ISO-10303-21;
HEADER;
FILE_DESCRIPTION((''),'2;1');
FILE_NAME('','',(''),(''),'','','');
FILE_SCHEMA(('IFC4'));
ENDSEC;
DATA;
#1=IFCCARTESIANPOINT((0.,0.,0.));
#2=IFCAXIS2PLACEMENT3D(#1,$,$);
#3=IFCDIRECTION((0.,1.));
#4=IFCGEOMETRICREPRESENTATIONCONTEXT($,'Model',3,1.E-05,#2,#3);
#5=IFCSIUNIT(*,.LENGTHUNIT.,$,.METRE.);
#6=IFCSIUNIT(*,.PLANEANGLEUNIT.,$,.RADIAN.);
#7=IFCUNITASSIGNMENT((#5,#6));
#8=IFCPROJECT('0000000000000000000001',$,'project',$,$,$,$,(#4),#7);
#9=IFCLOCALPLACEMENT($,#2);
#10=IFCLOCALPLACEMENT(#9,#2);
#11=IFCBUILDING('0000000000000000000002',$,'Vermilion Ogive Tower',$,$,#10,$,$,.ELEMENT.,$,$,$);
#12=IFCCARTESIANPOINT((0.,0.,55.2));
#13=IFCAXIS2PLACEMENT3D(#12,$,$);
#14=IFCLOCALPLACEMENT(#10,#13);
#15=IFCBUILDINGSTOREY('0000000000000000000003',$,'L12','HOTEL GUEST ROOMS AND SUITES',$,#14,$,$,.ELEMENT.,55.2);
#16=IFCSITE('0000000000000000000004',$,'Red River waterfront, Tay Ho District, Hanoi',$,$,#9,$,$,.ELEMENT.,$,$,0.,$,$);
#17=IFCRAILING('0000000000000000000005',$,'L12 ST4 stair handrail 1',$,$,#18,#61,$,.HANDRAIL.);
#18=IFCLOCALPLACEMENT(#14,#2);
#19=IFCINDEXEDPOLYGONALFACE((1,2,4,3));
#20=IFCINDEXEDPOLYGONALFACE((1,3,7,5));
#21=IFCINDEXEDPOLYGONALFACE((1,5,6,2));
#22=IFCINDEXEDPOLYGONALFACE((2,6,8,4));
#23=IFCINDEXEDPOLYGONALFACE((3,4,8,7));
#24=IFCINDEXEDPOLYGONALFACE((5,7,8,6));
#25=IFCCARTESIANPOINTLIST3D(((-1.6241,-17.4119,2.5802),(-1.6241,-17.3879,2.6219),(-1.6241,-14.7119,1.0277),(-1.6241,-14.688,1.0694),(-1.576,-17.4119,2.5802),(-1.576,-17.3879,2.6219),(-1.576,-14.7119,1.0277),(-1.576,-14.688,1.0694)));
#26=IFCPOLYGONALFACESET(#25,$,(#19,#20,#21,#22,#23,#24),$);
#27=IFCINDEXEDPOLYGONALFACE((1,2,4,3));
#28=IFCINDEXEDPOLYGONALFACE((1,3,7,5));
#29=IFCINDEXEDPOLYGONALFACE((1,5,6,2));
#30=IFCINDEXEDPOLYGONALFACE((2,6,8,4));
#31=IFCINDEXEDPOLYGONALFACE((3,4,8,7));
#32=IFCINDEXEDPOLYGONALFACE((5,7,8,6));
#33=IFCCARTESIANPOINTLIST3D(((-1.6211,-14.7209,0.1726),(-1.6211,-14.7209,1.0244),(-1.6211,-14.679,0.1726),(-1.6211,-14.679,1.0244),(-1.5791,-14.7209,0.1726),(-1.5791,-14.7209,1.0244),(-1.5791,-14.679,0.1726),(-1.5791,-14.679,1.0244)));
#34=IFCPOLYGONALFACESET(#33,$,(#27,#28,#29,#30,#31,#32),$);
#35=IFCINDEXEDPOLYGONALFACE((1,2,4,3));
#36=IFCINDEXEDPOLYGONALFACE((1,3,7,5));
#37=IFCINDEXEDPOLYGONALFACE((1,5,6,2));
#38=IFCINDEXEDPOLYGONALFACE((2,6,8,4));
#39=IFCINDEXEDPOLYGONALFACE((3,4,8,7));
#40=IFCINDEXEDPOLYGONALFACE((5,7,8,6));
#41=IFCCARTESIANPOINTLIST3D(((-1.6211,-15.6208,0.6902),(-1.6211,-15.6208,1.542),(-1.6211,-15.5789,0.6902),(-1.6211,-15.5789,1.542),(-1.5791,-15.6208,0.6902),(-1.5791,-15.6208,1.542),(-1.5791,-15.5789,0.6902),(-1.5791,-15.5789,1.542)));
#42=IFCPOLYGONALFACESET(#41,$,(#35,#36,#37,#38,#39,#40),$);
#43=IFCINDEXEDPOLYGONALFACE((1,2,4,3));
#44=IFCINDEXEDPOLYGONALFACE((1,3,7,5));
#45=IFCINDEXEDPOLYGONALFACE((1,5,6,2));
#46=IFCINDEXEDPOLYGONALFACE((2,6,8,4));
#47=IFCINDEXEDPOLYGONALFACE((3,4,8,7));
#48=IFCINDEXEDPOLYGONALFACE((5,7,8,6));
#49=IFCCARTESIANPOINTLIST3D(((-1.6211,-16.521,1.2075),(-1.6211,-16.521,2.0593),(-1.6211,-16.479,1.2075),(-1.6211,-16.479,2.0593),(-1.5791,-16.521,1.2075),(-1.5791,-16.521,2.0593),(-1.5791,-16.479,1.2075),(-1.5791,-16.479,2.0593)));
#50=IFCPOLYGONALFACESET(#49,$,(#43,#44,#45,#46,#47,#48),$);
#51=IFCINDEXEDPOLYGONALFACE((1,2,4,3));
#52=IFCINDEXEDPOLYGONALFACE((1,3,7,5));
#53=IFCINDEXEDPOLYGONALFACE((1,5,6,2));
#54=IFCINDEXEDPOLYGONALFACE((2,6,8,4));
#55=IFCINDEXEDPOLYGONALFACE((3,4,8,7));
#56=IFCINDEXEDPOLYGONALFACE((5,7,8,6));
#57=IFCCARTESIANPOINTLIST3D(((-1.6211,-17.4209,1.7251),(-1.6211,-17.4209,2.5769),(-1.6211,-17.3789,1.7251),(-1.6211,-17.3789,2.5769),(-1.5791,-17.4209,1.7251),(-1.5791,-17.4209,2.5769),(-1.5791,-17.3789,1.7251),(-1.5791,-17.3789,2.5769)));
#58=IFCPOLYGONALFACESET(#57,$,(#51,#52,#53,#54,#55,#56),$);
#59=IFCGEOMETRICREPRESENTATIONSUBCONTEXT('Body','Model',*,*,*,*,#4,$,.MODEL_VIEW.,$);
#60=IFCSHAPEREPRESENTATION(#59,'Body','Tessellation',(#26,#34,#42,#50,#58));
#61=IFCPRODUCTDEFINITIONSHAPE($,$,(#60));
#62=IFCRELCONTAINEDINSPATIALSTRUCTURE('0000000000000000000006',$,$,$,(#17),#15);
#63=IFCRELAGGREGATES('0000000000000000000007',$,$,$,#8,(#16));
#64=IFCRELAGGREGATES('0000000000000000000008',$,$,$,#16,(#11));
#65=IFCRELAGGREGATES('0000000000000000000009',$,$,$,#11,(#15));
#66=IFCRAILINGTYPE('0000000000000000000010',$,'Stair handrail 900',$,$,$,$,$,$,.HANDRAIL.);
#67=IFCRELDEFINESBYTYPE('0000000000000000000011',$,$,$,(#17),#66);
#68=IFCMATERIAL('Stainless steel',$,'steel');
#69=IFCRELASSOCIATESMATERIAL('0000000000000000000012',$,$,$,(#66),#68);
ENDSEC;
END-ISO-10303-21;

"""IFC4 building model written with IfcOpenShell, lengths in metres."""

from ifc_helpers import new_model, si_unit, direction, frame, origin, origin_2d, place, context, subcontext, project, spatial, rectangle, extrude, material, type_object, element, save


model = new_model("IFC4")

# Units and contexts
model_context = context("Model", 3, precision=1e-05, world=origin(), true_north=direction((0.0, 1.0)))
body_context = subcontext(model_context, "Body", "Model", "MODEL_VIEW")
ifc_project = project(units=[si_unit("LENGTHUNIT", "METRE"), si_unit("PLANEANGLEUNIT", "RADIAN")], contexts=[model_context])

# Site, building, storey
site_placement = place(None, origin())
site = spatial("IfcSite", under=ifc_project, at=site_placement, Name="Red River waterfront, Tay Ho District, Hanoi", CompositionType="ELEMENT", RefElevation=0.0)
building_placement = place(site_placement, origin())
building = spatial("IfcBuilding", under=site, at=building_placement, Name="Vermilion Ogive Tower", CompositionType="ELEMENT")
storey_placement = place(building_placement, frame((0.0, 0.0, 55.2)))
storey = spatial("IfcBuildingStorey", under=building, at=storey_placement, Name="L12", Description="HOTEL GUEST ROOMS AND SUITES", CompositionType="ELEMENT", Elevation=55.2)

# Railing
ifc_material_1 = material(Name="Stainless steel", Category="steel")
railing_type_1 = type_object("IfcRailingType", Name="Stair handrail 900", PredefinedType="HANDRAIL", material=ifc_material_1)
railing_1_placement = place(storey_placement, frame((-1.6001, -14.7, 0.1726)))
element("IfcRailing", 1, at=railing_1_placement, inside=storey, type_object=railing_type_1, Name="L12 ST4 stair handrail 1", PredefinedType="HANDRAIL", context=body_context, shape_type="SweptSolid", body=[
    extrude(rectangle(XDim=0.0481, YDim=0.0481, at=origin_2d()), frame((0.0, 0.0, 0.876), z_axis=(0.0, -0.866904, 0.498476), x_axis=(1.0, 0.0, 0.0)), (0.0, 0.0, 1.0), 3.1145),
    extrude(rectangle(XDim=0.042, YDim=0.042, at=origin_2d()), origin(), (0.0, 0.0, 1.0), 0.8518),
    extrude(rectangle(XDim=0.042, YDim=0.042, at=origin_2d()), frame((0.0, -0.8999, 0.5176)), (0.0, 0.0, 1.0), 0.8518),
    extrude(rectangle(XDim=0.042, YDim=0.042, at=origin_2d()), frame((0.0, -1.8, 1.0349)), (0.0, 0.0, 1.0), 0.8518),
    extrude(rectangle(XDim=0.042, YDim=0.042, at=origin_2d()), frame((0.0, -2.7, 1.5525)), (0.0, 0.0, 1.0), 0.8518),
])

save(model, "model.ifc")
